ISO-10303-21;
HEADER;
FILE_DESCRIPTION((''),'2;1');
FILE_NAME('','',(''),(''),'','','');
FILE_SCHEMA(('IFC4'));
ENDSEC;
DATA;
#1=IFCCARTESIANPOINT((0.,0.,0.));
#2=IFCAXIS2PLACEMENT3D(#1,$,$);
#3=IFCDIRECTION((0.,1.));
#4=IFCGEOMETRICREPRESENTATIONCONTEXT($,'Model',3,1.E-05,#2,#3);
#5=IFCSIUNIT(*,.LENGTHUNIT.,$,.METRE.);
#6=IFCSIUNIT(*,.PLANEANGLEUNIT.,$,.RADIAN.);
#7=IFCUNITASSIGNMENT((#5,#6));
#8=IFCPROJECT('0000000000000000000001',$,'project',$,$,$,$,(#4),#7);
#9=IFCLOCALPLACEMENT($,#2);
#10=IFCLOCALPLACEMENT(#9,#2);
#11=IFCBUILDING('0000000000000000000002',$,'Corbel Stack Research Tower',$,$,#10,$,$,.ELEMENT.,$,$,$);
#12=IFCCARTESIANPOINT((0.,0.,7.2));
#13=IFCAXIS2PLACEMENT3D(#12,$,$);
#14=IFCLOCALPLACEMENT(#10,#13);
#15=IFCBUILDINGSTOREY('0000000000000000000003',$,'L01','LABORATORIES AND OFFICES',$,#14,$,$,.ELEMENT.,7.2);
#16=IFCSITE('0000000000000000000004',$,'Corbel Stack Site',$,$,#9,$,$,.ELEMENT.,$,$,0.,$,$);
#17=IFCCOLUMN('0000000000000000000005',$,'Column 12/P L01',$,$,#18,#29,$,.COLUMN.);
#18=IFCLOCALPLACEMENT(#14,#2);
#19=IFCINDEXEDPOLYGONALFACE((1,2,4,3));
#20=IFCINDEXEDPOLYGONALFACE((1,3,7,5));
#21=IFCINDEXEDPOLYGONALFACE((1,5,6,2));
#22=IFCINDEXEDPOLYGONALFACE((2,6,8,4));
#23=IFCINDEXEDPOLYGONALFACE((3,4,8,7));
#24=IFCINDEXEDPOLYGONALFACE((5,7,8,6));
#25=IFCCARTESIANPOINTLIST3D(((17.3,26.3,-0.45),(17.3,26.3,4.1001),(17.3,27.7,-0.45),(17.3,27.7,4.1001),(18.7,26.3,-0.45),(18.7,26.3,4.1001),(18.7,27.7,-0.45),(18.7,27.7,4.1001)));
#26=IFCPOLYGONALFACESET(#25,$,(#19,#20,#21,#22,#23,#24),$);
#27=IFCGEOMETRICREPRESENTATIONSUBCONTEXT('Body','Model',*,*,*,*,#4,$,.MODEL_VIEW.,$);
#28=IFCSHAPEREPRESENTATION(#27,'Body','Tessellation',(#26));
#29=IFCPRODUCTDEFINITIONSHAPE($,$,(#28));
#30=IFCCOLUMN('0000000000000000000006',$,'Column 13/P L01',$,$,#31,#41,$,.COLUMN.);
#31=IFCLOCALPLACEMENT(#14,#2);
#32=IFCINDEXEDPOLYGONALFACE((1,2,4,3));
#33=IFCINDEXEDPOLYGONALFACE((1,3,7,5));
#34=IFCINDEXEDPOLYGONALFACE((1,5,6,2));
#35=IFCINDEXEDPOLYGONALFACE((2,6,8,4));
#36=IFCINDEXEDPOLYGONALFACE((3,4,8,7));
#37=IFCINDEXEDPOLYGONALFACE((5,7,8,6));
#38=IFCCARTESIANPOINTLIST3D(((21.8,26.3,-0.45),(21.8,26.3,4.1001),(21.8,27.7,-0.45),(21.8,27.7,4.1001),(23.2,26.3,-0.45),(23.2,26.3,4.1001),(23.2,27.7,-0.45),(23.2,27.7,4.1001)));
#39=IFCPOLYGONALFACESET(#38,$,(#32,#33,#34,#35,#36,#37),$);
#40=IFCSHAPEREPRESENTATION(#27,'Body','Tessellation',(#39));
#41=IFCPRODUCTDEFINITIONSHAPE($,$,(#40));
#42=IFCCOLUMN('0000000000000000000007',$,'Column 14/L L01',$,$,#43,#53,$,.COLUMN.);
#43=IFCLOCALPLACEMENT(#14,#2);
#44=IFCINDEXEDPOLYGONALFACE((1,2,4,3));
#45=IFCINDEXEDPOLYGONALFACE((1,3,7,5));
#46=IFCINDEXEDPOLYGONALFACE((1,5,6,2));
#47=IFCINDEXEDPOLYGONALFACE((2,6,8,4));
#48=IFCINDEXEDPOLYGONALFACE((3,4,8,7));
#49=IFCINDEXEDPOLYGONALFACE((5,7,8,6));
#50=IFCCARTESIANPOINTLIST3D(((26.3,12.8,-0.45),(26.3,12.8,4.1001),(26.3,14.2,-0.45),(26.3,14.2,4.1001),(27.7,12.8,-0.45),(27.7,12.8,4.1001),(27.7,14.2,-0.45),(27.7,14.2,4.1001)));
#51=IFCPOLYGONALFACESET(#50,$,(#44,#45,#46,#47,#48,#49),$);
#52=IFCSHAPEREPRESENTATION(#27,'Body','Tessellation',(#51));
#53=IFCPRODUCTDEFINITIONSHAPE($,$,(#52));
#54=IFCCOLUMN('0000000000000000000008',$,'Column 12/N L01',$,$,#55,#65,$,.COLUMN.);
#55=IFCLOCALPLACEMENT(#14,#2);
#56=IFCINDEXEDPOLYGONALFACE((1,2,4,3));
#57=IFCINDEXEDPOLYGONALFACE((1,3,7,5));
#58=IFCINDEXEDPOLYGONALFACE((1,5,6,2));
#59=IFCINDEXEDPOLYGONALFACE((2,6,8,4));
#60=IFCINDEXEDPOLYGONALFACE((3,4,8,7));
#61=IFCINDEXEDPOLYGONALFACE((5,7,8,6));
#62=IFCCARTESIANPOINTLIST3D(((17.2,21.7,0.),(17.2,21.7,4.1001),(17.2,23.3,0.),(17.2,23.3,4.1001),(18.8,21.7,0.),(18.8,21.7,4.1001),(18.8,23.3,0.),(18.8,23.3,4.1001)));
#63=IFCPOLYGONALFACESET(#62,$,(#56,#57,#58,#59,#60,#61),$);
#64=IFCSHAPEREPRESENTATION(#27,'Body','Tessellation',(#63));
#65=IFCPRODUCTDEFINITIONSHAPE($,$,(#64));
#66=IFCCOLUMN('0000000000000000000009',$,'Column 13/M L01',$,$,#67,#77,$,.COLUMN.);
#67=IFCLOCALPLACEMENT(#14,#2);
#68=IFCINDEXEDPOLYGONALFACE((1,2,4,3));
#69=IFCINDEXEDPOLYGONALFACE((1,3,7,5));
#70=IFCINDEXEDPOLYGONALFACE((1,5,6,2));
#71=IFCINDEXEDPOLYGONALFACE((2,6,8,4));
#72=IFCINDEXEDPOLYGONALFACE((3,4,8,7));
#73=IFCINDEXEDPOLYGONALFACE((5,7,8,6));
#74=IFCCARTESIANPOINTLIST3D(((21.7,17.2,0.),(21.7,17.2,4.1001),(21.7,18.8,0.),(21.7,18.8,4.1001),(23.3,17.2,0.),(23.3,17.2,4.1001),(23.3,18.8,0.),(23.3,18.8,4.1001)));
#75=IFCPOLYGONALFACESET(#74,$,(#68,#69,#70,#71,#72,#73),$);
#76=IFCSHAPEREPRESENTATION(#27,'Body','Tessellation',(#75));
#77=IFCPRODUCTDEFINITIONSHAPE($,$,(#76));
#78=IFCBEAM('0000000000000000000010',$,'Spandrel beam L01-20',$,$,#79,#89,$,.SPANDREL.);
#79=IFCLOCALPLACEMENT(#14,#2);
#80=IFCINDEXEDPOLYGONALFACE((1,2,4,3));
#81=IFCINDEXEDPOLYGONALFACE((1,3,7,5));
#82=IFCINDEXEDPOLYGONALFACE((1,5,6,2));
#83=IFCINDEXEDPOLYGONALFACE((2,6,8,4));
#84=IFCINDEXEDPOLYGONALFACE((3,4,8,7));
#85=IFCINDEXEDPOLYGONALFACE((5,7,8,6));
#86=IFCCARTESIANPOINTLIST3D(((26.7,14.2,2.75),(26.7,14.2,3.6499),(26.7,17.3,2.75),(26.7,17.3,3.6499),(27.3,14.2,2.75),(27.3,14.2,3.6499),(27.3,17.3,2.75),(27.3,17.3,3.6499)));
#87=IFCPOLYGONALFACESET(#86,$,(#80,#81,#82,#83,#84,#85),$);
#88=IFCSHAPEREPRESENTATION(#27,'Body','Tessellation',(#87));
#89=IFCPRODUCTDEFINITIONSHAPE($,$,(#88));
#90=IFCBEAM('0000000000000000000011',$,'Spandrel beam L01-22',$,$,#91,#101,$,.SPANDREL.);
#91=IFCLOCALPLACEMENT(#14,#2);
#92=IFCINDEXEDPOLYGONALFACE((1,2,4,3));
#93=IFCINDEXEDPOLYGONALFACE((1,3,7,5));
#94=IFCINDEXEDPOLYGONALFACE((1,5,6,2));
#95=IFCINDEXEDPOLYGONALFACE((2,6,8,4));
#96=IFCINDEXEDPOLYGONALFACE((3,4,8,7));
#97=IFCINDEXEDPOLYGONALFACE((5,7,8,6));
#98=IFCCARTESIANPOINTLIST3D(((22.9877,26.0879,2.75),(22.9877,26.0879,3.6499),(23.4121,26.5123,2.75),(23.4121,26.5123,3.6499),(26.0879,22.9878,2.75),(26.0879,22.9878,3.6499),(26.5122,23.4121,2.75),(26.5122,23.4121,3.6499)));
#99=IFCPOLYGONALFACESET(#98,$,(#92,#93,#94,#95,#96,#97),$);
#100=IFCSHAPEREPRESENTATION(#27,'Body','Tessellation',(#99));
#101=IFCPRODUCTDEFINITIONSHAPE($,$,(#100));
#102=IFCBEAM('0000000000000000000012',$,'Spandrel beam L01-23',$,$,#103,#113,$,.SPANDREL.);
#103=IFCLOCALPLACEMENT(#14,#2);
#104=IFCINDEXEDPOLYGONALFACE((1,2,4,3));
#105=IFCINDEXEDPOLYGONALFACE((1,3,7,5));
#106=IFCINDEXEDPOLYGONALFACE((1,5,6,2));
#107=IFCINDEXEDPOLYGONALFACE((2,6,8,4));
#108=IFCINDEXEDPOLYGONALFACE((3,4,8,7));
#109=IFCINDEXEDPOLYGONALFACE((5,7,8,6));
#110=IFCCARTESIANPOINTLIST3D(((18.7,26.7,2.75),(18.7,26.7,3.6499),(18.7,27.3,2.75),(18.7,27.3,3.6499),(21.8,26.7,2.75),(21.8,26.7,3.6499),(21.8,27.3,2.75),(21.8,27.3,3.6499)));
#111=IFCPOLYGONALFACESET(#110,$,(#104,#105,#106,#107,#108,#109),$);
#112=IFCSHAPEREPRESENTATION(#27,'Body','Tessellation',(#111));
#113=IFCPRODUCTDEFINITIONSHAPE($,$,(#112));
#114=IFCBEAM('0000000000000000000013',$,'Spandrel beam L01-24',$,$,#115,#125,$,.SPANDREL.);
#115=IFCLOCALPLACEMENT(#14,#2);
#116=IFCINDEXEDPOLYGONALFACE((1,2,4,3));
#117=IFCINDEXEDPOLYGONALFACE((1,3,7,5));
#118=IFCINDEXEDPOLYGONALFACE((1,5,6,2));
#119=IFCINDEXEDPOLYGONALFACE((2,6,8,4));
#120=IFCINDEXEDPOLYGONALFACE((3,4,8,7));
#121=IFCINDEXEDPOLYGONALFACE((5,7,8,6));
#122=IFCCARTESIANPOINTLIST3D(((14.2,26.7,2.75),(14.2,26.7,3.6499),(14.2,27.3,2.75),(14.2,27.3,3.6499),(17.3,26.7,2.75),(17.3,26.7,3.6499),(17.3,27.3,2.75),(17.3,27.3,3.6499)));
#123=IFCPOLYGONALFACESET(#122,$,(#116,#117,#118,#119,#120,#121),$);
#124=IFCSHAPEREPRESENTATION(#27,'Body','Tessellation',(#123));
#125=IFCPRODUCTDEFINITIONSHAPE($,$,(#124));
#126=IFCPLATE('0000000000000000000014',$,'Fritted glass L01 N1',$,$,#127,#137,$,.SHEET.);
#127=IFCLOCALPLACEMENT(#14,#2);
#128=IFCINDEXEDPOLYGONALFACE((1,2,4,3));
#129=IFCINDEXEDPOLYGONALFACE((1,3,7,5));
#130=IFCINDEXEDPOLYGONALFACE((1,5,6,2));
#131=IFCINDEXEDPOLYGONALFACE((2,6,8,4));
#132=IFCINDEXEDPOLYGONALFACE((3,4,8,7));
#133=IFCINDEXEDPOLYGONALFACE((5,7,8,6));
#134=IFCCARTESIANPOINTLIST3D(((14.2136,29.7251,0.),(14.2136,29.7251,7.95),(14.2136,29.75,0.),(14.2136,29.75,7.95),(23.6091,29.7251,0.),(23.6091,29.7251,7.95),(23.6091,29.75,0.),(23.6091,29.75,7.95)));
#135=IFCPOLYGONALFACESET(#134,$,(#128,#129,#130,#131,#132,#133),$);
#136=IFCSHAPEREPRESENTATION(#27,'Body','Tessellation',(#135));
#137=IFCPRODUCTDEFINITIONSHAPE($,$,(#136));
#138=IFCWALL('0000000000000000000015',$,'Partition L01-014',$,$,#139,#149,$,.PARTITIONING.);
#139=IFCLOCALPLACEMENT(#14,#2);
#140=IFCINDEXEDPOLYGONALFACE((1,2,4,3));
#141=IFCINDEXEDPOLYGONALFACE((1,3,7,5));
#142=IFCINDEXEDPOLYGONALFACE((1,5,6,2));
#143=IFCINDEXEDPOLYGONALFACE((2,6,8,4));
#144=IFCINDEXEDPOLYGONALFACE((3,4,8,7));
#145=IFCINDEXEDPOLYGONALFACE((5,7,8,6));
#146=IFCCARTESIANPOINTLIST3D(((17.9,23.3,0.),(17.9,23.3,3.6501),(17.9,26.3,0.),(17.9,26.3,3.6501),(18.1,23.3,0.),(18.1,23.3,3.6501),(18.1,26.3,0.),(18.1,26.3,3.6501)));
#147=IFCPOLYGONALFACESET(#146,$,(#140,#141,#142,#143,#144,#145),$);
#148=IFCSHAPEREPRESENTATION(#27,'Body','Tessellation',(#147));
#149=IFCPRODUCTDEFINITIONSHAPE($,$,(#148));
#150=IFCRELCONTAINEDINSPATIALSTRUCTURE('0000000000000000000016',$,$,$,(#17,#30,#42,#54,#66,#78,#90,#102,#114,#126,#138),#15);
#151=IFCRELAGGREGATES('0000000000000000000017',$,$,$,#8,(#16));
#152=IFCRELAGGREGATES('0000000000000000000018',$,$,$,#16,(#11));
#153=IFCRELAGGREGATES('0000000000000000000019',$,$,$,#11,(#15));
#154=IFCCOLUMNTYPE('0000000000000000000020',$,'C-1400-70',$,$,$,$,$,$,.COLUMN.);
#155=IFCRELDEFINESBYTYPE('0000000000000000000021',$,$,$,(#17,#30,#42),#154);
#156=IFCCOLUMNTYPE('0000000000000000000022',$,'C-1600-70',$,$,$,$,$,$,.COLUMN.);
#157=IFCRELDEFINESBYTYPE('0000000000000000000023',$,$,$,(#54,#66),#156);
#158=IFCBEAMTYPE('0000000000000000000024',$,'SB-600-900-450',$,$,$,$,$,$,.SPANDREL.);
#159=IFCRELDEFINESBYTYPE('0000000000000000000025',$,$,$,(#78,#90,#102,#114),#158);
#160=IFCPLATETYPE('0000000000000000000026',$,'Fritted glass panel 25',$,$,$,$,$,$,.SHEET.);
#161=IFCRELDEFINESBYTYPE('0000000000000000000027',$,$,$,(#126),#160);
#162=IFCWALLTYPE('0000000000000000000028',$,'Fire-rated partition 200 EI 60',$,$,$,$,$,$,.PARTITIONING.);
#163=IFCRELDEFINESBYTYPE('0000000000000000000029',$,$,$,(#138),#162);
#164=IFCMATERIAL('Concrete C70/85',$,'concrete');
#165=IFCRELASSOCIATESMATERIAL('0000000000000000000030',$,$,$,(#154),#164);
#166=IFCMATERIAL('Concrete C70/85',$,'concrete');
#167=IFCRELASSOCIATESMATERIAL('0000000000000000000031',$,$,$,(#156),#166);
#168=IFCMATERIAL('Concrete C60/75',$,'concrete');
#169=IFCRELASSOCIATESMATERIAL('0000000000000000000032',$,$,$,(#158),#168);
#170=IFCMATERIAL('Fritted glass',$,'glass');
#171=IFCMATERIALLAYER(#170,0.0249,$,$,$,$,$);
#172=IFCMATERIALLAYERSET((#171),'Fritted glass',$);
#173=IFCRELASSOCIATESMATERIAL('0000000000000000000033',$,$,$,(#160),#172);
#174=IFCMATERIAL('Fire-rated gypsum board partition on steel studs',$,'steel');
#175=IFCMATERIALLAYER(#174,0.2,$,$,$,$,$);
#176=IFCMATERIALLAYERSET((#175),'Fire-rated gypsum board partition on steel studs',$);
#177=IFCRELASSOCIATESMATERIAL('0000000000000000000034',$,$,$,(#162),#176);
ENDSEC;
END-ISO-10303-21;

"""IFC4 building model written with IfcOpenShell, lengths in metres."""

from ifc_helpers import new_model, si_unit, direction, frame, frame_2d, origin, origin_2d, place, context, subcontext, project, spatial, rectangle, extrude, material, layer, layer_set, material_profile, profile_set, type_object, element, save


model = new_model("IFC4")

# Units and contexts
model_context = context("Model", 3, precision=1e-05, world=origin(), true_north=direction((0.0, 1.0)))
body_context = subcontext(model_context, "Body", "Model", "MODEL_VIEW")
ifc_project = project(units=[si_unit("LENGTHUNIT", "METRE"), si_unit("PLANEANGLEUNIT", "RADIAN")], contexts=[model_context])

# Site, building, storey
site_placement = place(None, origin())
site = spatial("IfcSite", under=ifc_project, at=site_placement, Name="Corbel Stack Site", CompositionType="ELEMENT", RefElevation=0.0)
building_placement = place(site_placement, origin())
building = spatial("IfcBuilding", under=site, at=building_placement, Name="Corbel Stack Research Tower", CompositionType="ELEMENT")
storey_placement = place(building_placement, frame((0.0, 0.0, 7.2)))
storey = spatial("IfcBuildingStorey", under=building, at=storey_placement, Name="L01", Description="LABORATORIES AND OFFICES", CompositionType="ELEMENT", Elevation=7.2)

# Columns
ifc_material_1 = material(Name="Concrete C70/85", Category="concrete")
ifc_material_profile_1 = material_profile(ifc_material_1, rectangle(XDim=1.3999, YDim=1.3999, at=origin_2d()), Name="RC 1400 x 1400")
ifc_profile_set_1 = profile_set([ifc_material_profile_1], Name="Concrete C70/85")
column_type_1 = type_object("IfcColumnType", Name="C-1400-70", PredefinedType="COLUMN", material=ifc_profile_set_1)
for number, where, z_axis, x_axis, name in (
    (1, (18.0, 27.0, -0.45), (0.0, 0.0, 1.0), (1.0, 0.0, 0.0), "Column 12/P L01"),
    (2, (22.5, 27.0, -0.45), (0.0, 0.0, 1.0), (1.0, 0.0, 0.0), "Column 13/P L01"),
    (3, (27.0, 13.5, -0.45), (0.0, 0.0, 1.0), (1.0, 0.0, 0.0), "Column 14/L L01"),
):
    element("IfcColumn", number, at=place(storey_placement, frame(where, z_axis=z_axis, x_axis=x_axis)), inside=storey, type_object=column_type_1, Name=name, PredefinedType="COLUMN", context=body_context, shape_type="SweptSolid", body=[
        extrude(rectangle(XDim=1.3999, YDim=1.3999, at=origin_2d()), origin(), (0.0, 0.0, 1.0), 4.55),
    ])
ifc_material_2 = material(Name="Concrete C70/85", Category="concrete")
ifc_material_profile_2 = material_profile(ifc_material_2, rectangle(XDim=1.6001, YDim=1.6001, at=origin_2d()), Name="RC 1600 x 1600")
ifc_profile_set_2 = profile_set([ifc_material_profile_2], Name="Concrete C70/85")
column_type_2 = type_object("IfcColumnType", Name="C-1600-70", PredefinedType="COLUMN", material=ifc_profile_set_2)
for number, where, z_axis, x_axis, name in (
    (4, (18.0, 22.5, 0.0), (0.0, 0.0, 1.0), (1.0, 0.0, 0.0), "Column 12/N L01"),
    (5, (22.5, 18.0, 0.0), (0.0, 0.0, 1.0), (1.0, 0.0, 0.0), "Column 13/M L01"),
):
    element("IfcColumn", number, at=place(storey_placement, frame(where, z_axis=z_axis, x_axis=x_axis)), inside=storey, type_object=column_type_2, Name=name, PredefinedType="COLUMN", context=body_context, shape_type="SweptSolid", body=[
        extrude(rectangle(XDim=1.6001, YDim=1.6001, at=origin_2d()), origin(), (0.0, 0.0, 1.0), 4.1001),
    ])

# Beams
ifc_material_3 = material(Name="Concrete C60/75", Category="concrete")
ifc_material_profile_3 = material_profile(ifc_material_3, rectangle(XDim=0.6001, YDim=0.8999, at=origin_2d()), Name="RC 600 x 900")
ifc_profile_set_3 = profile_set([ifc_material_profile_3], Name="Concrete C60/75")
beam_type = type_object("IfcBeamType", Name="SB-600-900-450", PredefinedType="SPANDREL", material=ifc_profile_set_3)
beam_1_placement = place(storey_placement, frame((27.0, 14.2, 3.2), z_axis=(0.0, 1.0, 0.0), x_axis=(-1.0, 0.0, 0.0)))
element("IfcBeam", 6, at=beam_1_placement, inside=storey, type_object=beam_type, Name="Spandrel beam L01-20", PredefinedType="SPANDREL", context=body_context, shape_type="SweptSolid", body=[
    extrude(rectangle(XDim=0.6001, YDim=0.8999, at=origin_2d()), origin(), (0.0, 0.0, 1.0), 3.1001),
])
beam_2_placement = place(storey_placement, frame((26.3, 23.2, 3.2), z_axis=(-0.707107, 0.707107, 0.0), x_axis=(-0.707107, -0.707107, 0.0)))
element("IfcBeam", 7, at=beam_2_placement, inside=storey, type_object=beam_type, Name="Spandrel beam L01-22", PredefinedType="SPANDREL", context=body_context, shape_type="SweptSolid", body=[
    extrude(rectangle(XDim=0.6001, YDim=0.8999, at=origin_2d()), origin(), (0.0, 0.0, 1.0), 4.3843),
])
for number, where, z_axis, x_axis, name in (
    (8, (21.8, 27.0, 3.2), (-1.0, 0.0, 0.0), (0.0, -1.0, 0.0), "Spandrel beam L01-23"),
    (9, (17.3, 27.0, 3.2), (-1.0, 0.0, 0.0), (0.0, -1.0, 0.0), "Spandrel beam L01-24"),
):
    element("IfcBeam", number, at=place(storey_placement, frame(where, z_axis=z_axis, x_axis=x_axis)), inside=storey, type_object=beam_type, Name=name, PredefinedType="SPANDREL", context=body_context, shape_type="SweptSolid", body=[
        extrude(rectangle(XDim=0.6001, YDim=0.8999, at=origin_2d()), origin(), (0.0, 0.0, 1.0), 3.1001),
    ])

# Plate
ifc_material_4 = material(Name="Fritted glass", Category="glass")
ifc_layer_1 = layer(ifc_material_4, 0.0249)
ifc_layer_set_1 = layer_set([ifc_layer_1], Name="Fritted glass")
plate_type = type_object("IfcPlateType", Name="Fritted glass panel 25", PredefinedType="SHEET", material=ifc_layer_set_1)
plate_placement = place(storey_placement, frame((18.9114, 29.7375, 0.0), z_axis=(0.0, 0.0, 1.0), x_axis=(-1.0, 0.0, 0.0)))
element("IfcPlate", 10, at=plate_placement, inside=storey, type_object=plate_type, Name="Fritted glass L01 N1", PredefinedType="SHEET", context=body_context, shape_type="SweptSolid", body=[
    extrude(rectangle(XDim=9.3955, YDim=0.0249, at=origin_2d()), origin(), (0.0, 0.0, 1.0), 7.95),
])

# Wall
ifc_material_5 = material(Name="Fire-rated gypsum board partition on steel studs", Category="steel")
ifc_layer_2 = layer(ifc_material_5, 0.2)
ifc_layer_set_2 = layer_set([ifc_layer_2], Name="Fire-rated gypsum board partition on steel studs")
wall_type_1 = type_object("IfcWallType", Name="Fire-rated partition 200 EI 60", PredefinedType="PARTITIONING", material=ifc_layer_set_2)
wall_1_placement = place(storey_placement, frame((18.0, 23.3, 0.0), z_axis=(0.0, 0.0, 1.0), x_axis=(0.0, 1.0, 0.0)))
element("IfcWall", 11, at=wall_1_placement, inside=storey, type_object=wall_type_1, Name="Partition L01-014", PredefinedType="PARTITIONING", context=body_context, shape_type="SweptSolid", body=[
    extrude(rectangle(XDim=3.0, YDim=0.2, at=frame_2d((1.5, 0.0))), origin(), (0.0, 0.0, 1.0), 3.6501),
])

save(model, "model.ifc")
